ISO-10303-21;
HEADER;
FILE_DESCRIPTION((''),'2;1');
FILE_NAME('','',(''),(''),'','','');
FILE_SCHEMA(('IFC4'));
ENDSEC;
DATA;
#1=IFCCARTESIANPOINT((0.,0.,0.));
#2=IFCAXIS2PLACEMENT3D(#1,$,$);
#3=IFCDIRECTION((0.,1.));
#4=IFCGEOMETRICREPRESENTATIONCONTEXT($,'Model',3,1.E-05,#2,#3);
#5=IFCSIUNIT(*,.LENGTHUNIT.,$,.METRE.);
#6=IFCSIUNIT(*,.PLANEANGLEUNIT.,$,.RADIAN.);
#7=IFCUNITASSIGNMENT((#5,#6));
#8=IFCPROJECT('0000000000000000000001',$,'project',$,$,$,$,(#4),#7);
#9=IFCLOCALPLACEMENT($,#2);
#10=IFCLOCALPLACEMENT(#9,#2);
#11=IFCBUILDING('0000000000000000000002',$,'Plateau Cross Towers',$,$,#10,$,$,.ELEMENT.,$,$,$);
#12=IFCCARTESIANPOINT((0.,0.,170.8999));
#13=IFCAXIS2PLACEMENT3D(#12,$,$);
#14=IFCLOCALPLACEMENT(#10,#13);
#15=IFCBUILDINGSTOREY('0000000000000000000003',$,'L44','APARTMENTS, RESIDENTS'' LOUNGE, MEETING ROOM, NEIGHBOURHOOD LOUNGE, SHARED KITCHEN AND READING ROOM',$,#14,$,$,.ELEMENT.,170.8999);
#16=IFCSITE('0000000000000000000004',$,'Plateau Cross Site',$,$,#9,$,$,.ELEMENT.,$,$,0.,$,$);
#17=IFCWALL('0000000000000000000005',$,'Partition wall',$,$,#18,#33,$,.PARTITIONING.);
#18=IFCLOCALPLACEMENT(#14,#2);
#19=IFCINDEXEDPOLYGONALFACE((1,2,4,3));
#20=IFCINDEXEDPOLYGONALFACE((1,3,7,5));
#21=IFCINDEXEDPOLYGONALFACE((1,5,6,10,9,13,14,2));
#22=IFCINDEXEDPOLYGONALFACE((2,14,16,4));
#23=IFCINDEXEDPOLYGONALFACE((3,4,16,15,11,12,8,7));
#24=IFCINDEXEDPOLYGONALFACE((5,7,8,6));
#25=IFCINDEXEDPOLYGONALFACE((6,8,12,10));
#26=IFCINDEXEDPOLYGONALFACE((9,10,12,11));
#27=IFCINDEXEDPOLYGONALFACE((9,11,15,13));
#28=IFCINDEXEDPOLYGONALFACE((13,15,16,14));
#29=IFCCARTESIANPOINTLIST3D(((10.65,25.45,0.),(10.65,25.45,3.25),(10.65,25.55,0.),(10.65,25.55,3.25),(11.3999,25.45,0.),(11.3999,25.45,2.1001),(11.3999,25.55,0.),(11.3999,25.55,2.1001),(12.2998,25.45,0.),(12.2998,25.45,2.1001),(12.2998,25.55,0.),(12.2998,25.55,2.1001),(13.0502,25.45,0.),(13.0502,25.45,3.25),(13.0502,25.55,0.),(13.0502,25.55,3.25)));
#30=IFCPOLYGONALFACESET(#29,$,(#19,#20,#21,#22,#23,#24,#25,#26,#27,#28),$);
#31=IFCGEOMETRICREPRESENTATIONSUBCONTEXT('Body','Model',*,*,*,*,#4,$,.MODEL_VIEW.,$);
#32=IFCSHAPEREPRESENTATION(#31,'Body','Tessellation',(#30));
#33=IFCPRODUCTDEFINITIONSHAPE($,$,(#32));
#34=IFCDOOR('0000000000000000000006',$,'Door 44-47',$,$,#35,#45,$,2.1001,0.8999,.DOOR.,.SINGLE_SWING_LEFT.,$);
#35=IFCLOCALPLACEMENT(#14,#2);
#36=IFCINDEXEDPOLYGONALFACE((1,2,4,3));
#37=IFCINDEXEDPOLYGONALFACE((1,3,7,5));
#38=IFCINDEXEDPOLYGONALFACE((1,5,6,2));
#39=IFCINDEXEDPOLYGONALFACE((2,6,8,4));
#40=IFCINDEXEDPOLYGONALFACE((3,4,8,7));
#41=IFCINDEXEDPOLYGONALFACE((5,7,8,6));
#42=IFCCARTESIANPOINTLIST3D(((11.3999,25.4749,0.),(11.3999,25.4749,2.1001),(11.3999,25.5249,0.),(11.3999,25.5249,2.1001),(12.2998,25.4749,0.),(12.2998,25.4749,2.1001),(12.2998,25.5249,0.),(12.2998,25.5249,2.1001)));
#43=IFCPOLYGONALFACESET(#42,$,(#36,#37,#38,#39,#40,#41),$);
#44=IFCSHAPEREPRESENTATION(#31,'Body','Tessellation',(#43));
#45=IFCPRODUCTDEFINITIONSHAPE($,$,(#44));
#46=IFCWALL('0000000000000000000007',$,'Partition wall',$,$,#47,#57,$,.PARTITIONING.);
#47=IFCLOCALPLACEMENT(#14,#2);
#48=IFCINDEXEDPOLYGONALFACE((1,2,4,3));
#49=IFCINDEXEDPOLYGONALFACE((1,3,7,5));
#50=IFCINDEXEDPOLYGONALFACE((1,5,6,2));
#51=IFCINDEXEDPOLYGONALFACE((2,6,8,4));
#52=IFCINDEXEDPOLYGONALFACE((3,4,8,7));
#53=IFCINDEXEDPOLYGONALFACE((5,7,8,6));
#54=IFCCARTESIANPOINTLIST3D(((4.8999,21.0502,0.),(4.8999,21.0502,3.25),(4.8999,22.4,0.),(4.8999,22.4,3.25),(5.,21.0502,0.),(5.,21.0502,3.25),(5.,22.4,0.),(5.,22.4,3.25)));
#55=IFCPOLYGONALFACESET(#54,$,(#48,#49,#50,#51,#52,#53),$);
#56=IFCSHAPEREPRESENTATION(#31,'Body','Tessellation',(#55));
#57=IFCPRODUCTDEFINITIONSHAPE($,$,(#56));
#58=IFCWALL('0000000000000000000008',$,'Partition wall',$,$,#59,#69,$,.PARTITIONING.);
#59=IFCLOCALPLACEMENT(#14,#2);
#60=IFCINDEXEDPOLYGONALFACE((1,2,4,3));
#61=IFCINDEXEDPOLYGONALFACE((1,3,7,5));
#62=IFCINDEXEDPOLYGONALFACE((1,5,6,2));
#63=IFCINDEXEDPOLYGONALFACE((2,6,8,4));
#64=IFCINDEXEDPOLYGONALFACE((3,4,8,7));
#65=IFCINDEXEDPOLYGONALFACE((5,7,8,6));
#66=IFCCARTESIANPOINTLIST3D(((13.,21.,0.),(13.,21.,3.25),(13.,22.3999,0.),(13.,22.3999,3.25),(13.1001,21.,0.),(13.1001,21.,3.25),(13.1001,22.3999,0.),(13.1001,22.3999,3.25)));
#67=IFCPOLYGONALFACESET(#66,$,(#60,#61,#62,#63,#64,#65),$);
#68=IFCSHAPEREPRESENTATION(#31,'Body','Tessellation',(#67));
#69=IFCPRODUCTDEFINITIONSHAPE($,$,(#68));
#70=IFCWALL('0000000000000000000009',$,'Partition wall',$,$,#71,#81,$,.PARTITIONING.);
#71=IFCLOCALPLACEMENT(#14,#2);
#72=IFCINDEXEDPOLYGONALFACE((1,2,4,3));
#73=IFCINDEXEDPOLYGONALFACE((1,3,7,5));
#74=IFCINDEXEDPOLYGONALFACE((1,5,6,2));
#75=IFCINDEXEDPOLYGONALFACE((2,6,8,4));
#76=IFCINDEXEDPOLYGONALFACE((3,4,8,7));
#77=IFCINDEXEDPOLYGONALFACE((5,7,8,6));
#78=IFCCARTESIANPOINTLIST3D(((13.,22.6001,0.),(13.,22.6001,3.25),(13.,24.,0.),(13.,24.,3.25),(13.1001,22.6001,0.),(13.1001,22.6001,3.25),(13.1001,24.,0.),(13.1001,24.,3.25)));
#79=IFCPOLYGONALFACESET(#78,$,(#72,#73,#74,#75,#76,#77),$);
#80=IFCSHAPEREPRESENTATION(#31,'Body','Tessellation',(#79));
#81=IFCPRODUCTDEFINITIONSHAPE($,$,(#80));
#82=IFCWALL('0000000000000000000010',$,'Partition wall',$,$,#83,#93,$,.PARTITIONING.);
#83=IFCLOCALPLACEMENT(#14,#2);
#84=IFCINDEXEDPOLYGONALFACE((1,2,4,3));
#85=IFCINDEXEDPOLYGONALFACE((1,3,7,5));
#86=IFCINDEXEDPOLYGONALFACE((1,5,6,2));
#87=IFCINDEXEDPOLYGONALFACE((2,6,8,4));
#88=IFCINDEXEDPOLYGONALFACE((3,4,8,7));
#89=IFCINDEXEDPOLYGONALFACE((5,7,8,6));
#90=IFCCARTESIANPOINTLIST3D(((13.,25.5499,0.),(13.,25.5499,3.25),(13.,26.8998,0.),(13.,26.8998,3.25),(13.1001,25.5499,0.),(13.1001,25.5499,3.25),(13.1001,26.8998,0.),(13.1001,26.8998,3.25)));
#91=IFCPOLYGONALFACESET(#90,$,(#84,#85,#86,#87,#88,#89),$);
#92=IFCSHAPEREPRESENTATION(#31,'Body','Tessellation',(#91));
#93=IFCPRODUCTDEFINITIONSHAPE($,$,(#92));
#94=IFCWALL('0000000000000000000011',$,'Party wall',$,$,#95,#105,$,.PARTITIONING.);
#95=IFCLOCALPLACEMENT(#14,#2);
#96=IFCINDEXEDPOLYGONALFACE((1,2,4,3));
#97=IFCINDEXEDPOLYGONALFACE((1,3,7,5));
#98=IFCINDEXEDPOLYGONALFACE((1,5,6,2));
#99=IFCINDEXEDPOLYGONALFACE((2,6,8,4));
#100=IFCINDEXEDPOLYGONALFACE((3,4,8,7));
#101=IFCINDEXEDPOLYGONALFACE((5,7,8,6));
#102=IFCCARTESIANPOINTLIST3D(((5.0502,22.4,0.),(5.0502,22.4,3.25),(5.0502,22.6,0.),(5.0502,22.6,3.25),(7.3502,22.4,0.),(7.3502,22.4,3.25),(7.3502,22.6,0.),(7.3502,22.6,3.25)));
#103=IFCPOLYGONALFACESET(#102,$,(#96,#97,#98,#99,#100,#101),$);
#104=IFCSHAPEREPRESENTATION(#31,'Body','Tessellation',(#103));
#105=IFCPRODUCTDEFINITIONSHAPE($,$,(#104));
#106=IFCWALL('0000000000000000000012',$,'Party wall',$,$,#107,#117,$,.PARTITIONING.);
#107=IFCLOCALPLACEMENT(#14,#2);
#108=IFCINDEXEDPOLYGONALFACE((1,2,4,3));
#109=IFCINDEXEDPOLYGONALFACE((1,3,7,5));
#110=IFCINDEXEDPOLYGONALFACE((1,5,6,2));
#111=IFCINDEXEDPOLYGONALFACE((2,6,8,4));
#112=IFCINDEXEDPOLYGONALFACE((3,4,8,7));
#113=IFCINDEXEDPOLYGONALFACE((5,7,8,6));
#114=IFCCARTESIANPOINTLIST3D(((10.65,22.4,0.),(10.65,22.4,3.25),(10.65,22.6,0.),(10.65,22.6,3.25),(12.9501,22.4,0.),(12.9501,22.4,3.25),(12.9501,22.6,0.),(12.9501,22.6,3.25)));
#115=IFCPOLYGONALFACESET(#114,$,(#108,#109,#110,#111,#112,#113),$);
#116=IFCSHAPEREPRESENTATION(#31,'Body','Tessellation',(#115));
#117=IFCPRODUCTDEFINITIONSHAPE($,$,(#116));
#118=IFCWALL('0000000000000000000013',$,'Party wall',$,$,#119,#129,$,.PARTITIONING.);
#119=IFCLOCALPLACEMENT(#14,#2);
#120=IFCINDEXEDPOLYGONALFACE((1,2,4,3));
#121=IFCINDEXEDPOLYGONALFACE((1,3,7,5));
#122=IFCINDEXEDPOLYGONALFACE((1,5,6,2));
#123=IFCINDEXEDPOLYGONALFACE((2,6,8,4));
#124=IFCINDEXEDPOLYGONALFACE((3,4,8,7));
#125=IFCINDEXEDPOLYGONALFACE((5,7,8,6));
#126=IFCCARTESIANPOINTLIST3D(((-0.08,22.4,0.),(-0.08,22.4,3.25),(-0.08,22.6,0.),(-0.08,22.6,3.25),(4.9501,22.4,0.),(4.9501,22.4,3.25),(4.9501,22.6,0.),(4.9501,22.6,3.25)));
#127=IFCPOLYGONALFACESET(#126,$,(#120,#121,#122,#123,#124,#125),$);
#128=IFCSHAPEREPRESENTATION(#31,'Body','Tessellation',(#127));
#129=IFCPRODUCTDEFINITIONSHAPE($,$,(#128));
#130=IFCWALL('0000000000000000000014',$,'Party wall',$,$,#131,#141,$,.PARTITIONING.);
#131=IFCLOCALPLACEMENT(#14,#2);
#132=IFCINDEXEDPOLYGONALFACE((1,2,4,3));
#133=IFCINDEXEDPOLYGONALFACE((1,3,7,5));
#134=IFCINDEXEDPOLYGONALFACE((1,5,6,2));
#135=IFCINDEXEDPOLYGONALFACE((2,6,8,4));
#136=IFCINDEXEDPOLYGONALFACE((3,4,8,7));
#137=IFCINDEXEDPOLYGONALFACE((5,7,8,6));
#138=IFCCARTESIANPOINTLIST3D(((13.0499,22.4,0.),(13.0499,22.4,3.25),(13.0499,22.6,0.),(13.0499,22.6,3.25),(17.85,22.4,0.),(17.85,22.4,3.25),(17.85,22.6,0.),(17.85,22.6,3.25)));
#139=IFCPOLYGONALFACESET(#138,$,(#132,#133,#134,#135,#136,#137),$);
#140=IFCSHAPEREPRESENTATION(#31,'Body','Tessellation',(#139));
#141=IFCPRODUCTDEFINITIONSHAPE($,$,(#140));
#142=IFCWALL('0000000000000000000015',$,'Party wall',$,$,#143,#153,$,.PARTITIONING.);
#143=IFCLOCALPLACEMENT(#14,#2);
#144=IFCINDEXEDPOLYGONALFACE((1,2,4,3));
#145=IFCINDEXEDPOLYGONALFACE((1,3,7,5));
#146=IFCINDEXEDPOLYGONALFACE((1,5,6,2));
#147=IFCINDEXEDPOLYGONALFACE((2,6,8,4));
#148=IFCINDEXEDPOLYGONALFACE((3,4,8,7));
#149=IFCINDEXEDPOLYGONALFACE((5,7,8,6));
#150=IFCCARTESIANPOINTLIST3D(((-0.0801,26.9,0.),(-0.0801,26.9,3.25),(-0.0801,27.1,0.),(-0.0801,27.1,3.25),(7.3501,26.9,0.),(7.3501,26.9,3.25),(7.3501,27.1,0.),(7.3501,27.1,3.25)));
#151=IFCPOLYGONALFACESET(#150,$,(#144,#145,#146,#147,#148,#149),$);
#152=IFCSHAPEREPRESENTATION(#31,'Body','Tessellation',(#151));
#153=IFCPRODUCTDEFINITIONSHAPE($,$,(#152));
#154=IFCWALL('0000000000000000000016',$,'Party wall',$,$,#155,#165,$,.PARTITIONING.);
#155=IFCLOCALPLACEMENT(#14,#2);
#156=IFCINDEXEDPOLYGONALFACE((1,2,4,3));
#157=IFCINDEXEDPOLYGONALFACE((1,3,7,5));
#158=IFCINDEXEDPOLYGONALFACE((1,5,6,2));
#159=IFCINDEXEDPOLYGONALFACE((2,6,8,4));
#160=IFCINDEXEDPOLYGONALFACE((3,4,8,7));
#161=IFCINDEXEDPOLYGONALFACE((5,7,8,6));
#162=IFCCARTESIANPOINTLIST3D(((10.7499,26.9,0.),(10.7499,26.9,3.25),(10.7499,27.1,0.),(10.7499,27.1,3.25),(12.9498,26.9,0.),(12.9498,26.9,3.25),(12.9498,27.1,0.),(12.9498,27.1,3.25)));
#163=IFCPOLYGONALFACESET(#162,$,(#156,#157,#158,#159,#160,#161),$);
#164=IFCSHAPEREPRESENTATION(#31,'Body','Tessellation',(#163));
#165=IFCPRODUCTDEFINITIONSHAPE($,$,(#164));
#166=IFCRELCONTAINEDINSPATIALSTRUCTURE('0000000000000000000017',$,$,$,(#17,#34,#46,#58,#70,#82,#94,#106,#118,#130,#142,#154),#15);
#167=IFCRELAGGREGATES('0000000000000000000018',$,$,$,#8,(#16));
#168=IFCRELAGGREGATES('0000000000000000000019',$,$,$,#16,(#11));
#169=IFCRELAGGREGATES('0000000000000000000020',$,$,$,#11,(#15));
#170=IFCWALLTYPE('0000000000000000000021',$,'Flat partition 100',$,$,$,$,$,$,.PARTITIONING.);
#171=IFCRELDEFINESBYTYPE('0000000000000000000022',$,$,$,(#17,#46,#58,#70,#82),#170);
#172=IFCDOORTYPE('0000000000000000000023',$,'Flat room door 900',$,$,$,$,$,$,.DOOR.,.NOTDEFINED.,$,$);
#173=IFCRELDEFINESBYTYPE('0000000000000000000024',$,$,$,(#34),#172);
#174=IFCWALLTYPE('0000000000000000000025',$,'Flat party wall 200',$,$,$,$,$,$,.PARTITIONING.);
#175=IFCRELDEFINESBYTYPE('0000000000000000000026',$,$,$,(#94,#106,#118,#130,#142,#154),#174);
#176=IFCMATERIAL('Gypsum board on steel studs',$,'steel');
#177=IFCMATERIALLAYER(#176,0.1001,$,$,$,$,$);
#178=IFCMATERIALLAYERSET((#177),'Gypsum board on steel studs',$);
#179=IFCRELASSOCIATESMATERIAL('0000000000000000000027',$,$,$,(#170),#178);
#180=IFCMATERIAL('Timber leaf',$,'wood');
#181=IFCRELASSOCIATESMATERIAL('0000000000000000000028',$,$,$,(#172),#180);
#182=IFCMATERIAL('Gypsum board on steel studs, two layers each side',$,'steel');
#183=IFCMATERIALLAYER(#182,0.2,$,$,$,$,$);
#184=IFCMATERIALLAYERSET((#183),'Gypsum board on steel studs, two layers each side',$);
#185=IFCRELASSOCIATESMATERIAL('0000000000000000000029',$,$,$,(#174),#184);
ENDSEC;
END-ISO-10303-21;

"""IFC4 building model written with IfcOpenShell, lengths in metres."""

from ifc_helpers import new_model, si_unit, direction, frame, frame_2d, origin, place, context, subcontext, project, spatial, rectangle, extrude, material, layer, layer_set, type_object, element, fill, save


model = new_model("IFC4")

# Units and contexts
model_context = context("Model", 3, precision=1e-05, world=origin(), true_north=direction((0.0, 1.0)))
body_context = subcontext(model_context, "Body", "Model", "MODEL_VIEW")
ifc_project = project(units=[si_unit("LENGTHUNIT", "METRE"), si_unit("PLANEANGLEUNIT", "RADIAN")], contexts=[model_context])

# Site, building, storey
site_placement = place(None, origin())
site = spatial("IfcSite", under=ifc_project, at=site_placement, Name="Plateau Cross Site", CompositionType="ELEMENT", RefElevation=0.0)
building_placement = place(site_placement, origin())
building = spatial("IfcBuilding", under=site, at=building_placement, Name="Plateau Cross Towers", CompositionType="ELEMENT")
storey_placement = place(building_placement, frame((0.0, 0.0, 170.8999)))
storey = spatial("IfcBuildingStorey", under=building, at=storey_placement, Name="L44", Description="APARTMENTS, RESIDENTS' LOUNGE, MEETING ROOM, NEIGHBOURHOOD LOUNGE, SHARED KITCHEN AND READING ROOM", CompositionType="ELEMENT", Elevation=170.8999)

# Wall, opening, door
ifc_material_1 = material(Name="Gypsum board on steel studs", Category="steel")
ifc_layer_1 = layer(ifc_material_1, 0.1001)
ifc_layer_set_1 = layer_set([ifc_layer_1], Name="Gypsum board on steel studs")
wall_type_1 = type_object("IfcWallType", Name="Flat partition 100", PredefinedType="PARTITIONING", material=ifc_layer_set_1)
ifc_material_2 = material(Name="Timber leaf", Category="wood")
door_type_1 = type_object("IfcDoorType", Name="Flat room door 900", OperationType="NOTDEFINED", PredefinedType="DOOR", material=ifc_material_2)
wall_1_placement = place(storey_placement, frame((10.6499, 25.5, 0.0), z_axis=(0.0, 0.0, 1.0), x_axis=(1.0, 0.0, 0.0)))
wall_1 = element("IfcWall", 1, at=wall_1_placement, inside=storey, type_object=wall_type_1, Name="Partition wall", PredefinedType="PARTITIONING", context=body_context, shape_type="SweptSolid", body=[
    extrude(rectangle(XDim=2.4001, YDim=0.1001, at=frame_2d((1.2002, 0.0))), origin(), (0.0, 0.0, 1.0), 3.25),
])
opening_1_placement = place(wall_1_placement, frame((0.75, 0.0, 0.0)))
opening_1 = element("IfcOpeningElement", 2, at=opening_1_placement, cuts=wall_1, PredefinedType="OPENING", context=body_context, shape_type="SweptSolid", body=[
    extrude(rectangle(XDim=0.8999, YDim=2.1001, at=frame_2d((0.45, 1.05))), frame((0.0, 0.0601, 0.0), z_axis=(0.0, -1.0, 0.0), x_axis=(1.0, 0.0, 0.0)), (0.0, 0.0, 1.0), 0.1201),
])
door_1_placement = place(opening_1_placement, origin())
door_1 = element("IfcDoor", 3, at=door_1_placement, inside=storey, type_object=door_type_1, Name="Door 44-47", OperationType="SINGLE_SWING_LEFT", OverallHeight=2.1001, OverallWidth=0.8999, PredefinedType="DOOR", context=body_context, shape_type="SweptSolid", body=[
    extrude(rectangle(XDim=0.8999, YDim=2.1001, at=frame_2d((0.45, 1.05))), frame((0.0, 0.0249, 0.0), z_axis=(0.0, -1.0, 0.0), x_axis=(1.0, 0.0, 0.0)), (0.0, 0.0, 1.0), 0.05),
])
fill(opening_1, door_1)

# Walls
wall_2_placement = place(storey_placement, frame((4.95, 22.3999, 0.0), z_axis=(0.0, 0.0, 1.0), x_axis=(0.0, -1.0, 0.0)))
element("IfcWall", 4, at=wall_2_placement, inside=storey, type_object=wall_type_1, Name="Partition wall", PredefinedType="PARTITIONING", context=body_context, shape_type="SweptSolid", body=[
    extrude(rectangle(XDim=1.3499, YDim=0.1001, at=frame_2d((0.6748, 0.0))), origin(), (0.0, 0.0, 1.0), 3.25),
])
for number, where, z_axis, x_axis, name in (
    (5, (13.05, 21.0, 0.0), (0.0, 0.0, 1.0), (0.0, 1.0, 0.0), "Partition wall"),
    (6, (13.05, 22.6001, 0.0), (0.0, 0.0, 1.0), (0.0, 1.0, 0.0), "Partition wall"),
):
    element("IfcWall", number, at=place(storey_placement, frame(where, z_axis=z_axis, x_axis=x_axis)), inside=storey, type_object=wall_type_1, Name=name, PredefinedType="PARTITIONING", context=body_context, shape_type="SweptSolid", body=[
        extrude(rectangle(XDim=1.3999, YDim=0.1001, at=frame_2d((0.7, 0.0))), origin(), (0.0, 0.0, 1.0), 3.25),
    ])
wall_3_placement = place(storey_placement, frame((13.05, 25.55, 0.0), z_axis=(0.0, 0.0, 1.0), x_axis=(0.0, 1.0, 0.0)))
element("IfcWall", 7, at=wall_3_placement, inside=storey, type_object=wall_type_1, Name="Partition wall", PredefinedType="PARTITIONING", context=body_context, shape_type="SweptSolid", body=[
    extrude(rectangle(XDim=1.3499, YDim=0.1001, at=frame_2d((0.6748, 0.0))), origin(), (0.0, 0.0, 1.0), 3.25),
])
ifc_material_3 = material(Name="Gypsum board on steel studs, two layers each side", Category="steel")
ifc_layer_2 = layer(ifc_material_3, 0.2)
ifc_layer_set_2 = layer_set([ifc_layer_2], Name="Gypsum board on steel studs, two layers each side")
wall_type_2 = type_object("IfcWallType", Name="Flat party wall 200", PredefinedType="PARTITIONING", material=ifc_layer_set_2)
for number, where, z_axis, x_axis, name in (
    (8, (7.3501, 22.5, 0.0), (0.0, 0.0, 1.0), (-1.0, 0.0, 0.0), "Party wall"),
    (9, (12.95, 22.5, 0.0), (0.0, 0.0, 1.0), (-1.0, 0.0, 0.0), "Party wall"),
):
    element("IfcWall", number, at=place(storey_placement, frame(where, z_axis=z_axis, x_axis=x_axis)), inside=storey, type_object=wall_type_2, Name=name, PredefinedType="PARTITIONING", context=body_context, shape_type="SweptSolid", body=[
        extrude(rectangle(XDim=2.3, YDim=0.2, at=frame_2d((1.1499, 0.0))), origin(), (0.0, 0.0, 1.0), 3.25),
    ])
wall_4_placement = place(storey_placement, frame((-0.0801, 22.5, 0.0), z_axis=(0.0, 0.0, 1.0), x_axis=(1.0, 0.0, 0.0)))
element("IfcWall", 10, at=wall_4_placement, inside=storey, type_object=wall_type_2, Name="Party wall", PredefinedType="PARTITIONING", context=body_context, shape_type="SweptSolid", body=[
    extrude(rectangle(XDim=5.03, YDim=0.2, at=frame_2d((2.5151, 0.0))), origin(), (0.0, 0.0, 1.0), 3.25),
])
wall_5_placement = place(storey_placement, frame((13.05, 22.5, 0.0), z_axis=(0.0, 0.0, 1.0), x_axis=(1.0, 0.0, 0.0)))
element("IfcWall", 11, at=wall_5_placement, inside=storey, type_object=wall_type_2, Name="Party wall", PredefinedType="PARTITIONING", context=body_context, shape_type="SweptSolid", body=[
    extrude(rectangle(XDim=4.8, YDim=0.2, at=frame_2d((2.3999, 0.0))), origin(), (0.0, 0.0, 1.0), 3.25),
])
wall_6_placement = place(storey_placement, frame((7.3501, 27.0, 0.0), z_axis=(0.0, 0.0, 1.0), x_axis=(-1.0, 0.0, 0.0)))
element("IfcWall", 12, at=wall_6_placement, inside=storey, type_object=wall_type_2, Name="Party wall", PredefinedType="PARTITIONING", context=body_context, shape_type="SweptSolid", body=[
    extrude(rectangle(XDim=7.4302, YDim=0.2, at=frame_2d((3.7151, 0.0))), origin(), (0.0, 0.0, 1.0), 3.25),
])
wall_7_placement = place(storey_placement, frame((12.95, 27.0, 0.0), z_axis=(0.0, 0.0, 1.0), x_axis=(-1.0, 0.0, 0.0)))
element("IfcWall", 13, at=wall_7_placement, inside=storey, type_object=wall_type_2, Name="Party wall", PredefinedType="PARTITIONING", context=body_context, shape_type="SweptSolid", body=[
    extrude(rectangle(XDim=2.2, YDim=0.2, at=frame_2d((1.1001, 0.0))), origin(), (0.0, 0.0, 1.0), 3.25),
])

save(model, "model.ifc")
